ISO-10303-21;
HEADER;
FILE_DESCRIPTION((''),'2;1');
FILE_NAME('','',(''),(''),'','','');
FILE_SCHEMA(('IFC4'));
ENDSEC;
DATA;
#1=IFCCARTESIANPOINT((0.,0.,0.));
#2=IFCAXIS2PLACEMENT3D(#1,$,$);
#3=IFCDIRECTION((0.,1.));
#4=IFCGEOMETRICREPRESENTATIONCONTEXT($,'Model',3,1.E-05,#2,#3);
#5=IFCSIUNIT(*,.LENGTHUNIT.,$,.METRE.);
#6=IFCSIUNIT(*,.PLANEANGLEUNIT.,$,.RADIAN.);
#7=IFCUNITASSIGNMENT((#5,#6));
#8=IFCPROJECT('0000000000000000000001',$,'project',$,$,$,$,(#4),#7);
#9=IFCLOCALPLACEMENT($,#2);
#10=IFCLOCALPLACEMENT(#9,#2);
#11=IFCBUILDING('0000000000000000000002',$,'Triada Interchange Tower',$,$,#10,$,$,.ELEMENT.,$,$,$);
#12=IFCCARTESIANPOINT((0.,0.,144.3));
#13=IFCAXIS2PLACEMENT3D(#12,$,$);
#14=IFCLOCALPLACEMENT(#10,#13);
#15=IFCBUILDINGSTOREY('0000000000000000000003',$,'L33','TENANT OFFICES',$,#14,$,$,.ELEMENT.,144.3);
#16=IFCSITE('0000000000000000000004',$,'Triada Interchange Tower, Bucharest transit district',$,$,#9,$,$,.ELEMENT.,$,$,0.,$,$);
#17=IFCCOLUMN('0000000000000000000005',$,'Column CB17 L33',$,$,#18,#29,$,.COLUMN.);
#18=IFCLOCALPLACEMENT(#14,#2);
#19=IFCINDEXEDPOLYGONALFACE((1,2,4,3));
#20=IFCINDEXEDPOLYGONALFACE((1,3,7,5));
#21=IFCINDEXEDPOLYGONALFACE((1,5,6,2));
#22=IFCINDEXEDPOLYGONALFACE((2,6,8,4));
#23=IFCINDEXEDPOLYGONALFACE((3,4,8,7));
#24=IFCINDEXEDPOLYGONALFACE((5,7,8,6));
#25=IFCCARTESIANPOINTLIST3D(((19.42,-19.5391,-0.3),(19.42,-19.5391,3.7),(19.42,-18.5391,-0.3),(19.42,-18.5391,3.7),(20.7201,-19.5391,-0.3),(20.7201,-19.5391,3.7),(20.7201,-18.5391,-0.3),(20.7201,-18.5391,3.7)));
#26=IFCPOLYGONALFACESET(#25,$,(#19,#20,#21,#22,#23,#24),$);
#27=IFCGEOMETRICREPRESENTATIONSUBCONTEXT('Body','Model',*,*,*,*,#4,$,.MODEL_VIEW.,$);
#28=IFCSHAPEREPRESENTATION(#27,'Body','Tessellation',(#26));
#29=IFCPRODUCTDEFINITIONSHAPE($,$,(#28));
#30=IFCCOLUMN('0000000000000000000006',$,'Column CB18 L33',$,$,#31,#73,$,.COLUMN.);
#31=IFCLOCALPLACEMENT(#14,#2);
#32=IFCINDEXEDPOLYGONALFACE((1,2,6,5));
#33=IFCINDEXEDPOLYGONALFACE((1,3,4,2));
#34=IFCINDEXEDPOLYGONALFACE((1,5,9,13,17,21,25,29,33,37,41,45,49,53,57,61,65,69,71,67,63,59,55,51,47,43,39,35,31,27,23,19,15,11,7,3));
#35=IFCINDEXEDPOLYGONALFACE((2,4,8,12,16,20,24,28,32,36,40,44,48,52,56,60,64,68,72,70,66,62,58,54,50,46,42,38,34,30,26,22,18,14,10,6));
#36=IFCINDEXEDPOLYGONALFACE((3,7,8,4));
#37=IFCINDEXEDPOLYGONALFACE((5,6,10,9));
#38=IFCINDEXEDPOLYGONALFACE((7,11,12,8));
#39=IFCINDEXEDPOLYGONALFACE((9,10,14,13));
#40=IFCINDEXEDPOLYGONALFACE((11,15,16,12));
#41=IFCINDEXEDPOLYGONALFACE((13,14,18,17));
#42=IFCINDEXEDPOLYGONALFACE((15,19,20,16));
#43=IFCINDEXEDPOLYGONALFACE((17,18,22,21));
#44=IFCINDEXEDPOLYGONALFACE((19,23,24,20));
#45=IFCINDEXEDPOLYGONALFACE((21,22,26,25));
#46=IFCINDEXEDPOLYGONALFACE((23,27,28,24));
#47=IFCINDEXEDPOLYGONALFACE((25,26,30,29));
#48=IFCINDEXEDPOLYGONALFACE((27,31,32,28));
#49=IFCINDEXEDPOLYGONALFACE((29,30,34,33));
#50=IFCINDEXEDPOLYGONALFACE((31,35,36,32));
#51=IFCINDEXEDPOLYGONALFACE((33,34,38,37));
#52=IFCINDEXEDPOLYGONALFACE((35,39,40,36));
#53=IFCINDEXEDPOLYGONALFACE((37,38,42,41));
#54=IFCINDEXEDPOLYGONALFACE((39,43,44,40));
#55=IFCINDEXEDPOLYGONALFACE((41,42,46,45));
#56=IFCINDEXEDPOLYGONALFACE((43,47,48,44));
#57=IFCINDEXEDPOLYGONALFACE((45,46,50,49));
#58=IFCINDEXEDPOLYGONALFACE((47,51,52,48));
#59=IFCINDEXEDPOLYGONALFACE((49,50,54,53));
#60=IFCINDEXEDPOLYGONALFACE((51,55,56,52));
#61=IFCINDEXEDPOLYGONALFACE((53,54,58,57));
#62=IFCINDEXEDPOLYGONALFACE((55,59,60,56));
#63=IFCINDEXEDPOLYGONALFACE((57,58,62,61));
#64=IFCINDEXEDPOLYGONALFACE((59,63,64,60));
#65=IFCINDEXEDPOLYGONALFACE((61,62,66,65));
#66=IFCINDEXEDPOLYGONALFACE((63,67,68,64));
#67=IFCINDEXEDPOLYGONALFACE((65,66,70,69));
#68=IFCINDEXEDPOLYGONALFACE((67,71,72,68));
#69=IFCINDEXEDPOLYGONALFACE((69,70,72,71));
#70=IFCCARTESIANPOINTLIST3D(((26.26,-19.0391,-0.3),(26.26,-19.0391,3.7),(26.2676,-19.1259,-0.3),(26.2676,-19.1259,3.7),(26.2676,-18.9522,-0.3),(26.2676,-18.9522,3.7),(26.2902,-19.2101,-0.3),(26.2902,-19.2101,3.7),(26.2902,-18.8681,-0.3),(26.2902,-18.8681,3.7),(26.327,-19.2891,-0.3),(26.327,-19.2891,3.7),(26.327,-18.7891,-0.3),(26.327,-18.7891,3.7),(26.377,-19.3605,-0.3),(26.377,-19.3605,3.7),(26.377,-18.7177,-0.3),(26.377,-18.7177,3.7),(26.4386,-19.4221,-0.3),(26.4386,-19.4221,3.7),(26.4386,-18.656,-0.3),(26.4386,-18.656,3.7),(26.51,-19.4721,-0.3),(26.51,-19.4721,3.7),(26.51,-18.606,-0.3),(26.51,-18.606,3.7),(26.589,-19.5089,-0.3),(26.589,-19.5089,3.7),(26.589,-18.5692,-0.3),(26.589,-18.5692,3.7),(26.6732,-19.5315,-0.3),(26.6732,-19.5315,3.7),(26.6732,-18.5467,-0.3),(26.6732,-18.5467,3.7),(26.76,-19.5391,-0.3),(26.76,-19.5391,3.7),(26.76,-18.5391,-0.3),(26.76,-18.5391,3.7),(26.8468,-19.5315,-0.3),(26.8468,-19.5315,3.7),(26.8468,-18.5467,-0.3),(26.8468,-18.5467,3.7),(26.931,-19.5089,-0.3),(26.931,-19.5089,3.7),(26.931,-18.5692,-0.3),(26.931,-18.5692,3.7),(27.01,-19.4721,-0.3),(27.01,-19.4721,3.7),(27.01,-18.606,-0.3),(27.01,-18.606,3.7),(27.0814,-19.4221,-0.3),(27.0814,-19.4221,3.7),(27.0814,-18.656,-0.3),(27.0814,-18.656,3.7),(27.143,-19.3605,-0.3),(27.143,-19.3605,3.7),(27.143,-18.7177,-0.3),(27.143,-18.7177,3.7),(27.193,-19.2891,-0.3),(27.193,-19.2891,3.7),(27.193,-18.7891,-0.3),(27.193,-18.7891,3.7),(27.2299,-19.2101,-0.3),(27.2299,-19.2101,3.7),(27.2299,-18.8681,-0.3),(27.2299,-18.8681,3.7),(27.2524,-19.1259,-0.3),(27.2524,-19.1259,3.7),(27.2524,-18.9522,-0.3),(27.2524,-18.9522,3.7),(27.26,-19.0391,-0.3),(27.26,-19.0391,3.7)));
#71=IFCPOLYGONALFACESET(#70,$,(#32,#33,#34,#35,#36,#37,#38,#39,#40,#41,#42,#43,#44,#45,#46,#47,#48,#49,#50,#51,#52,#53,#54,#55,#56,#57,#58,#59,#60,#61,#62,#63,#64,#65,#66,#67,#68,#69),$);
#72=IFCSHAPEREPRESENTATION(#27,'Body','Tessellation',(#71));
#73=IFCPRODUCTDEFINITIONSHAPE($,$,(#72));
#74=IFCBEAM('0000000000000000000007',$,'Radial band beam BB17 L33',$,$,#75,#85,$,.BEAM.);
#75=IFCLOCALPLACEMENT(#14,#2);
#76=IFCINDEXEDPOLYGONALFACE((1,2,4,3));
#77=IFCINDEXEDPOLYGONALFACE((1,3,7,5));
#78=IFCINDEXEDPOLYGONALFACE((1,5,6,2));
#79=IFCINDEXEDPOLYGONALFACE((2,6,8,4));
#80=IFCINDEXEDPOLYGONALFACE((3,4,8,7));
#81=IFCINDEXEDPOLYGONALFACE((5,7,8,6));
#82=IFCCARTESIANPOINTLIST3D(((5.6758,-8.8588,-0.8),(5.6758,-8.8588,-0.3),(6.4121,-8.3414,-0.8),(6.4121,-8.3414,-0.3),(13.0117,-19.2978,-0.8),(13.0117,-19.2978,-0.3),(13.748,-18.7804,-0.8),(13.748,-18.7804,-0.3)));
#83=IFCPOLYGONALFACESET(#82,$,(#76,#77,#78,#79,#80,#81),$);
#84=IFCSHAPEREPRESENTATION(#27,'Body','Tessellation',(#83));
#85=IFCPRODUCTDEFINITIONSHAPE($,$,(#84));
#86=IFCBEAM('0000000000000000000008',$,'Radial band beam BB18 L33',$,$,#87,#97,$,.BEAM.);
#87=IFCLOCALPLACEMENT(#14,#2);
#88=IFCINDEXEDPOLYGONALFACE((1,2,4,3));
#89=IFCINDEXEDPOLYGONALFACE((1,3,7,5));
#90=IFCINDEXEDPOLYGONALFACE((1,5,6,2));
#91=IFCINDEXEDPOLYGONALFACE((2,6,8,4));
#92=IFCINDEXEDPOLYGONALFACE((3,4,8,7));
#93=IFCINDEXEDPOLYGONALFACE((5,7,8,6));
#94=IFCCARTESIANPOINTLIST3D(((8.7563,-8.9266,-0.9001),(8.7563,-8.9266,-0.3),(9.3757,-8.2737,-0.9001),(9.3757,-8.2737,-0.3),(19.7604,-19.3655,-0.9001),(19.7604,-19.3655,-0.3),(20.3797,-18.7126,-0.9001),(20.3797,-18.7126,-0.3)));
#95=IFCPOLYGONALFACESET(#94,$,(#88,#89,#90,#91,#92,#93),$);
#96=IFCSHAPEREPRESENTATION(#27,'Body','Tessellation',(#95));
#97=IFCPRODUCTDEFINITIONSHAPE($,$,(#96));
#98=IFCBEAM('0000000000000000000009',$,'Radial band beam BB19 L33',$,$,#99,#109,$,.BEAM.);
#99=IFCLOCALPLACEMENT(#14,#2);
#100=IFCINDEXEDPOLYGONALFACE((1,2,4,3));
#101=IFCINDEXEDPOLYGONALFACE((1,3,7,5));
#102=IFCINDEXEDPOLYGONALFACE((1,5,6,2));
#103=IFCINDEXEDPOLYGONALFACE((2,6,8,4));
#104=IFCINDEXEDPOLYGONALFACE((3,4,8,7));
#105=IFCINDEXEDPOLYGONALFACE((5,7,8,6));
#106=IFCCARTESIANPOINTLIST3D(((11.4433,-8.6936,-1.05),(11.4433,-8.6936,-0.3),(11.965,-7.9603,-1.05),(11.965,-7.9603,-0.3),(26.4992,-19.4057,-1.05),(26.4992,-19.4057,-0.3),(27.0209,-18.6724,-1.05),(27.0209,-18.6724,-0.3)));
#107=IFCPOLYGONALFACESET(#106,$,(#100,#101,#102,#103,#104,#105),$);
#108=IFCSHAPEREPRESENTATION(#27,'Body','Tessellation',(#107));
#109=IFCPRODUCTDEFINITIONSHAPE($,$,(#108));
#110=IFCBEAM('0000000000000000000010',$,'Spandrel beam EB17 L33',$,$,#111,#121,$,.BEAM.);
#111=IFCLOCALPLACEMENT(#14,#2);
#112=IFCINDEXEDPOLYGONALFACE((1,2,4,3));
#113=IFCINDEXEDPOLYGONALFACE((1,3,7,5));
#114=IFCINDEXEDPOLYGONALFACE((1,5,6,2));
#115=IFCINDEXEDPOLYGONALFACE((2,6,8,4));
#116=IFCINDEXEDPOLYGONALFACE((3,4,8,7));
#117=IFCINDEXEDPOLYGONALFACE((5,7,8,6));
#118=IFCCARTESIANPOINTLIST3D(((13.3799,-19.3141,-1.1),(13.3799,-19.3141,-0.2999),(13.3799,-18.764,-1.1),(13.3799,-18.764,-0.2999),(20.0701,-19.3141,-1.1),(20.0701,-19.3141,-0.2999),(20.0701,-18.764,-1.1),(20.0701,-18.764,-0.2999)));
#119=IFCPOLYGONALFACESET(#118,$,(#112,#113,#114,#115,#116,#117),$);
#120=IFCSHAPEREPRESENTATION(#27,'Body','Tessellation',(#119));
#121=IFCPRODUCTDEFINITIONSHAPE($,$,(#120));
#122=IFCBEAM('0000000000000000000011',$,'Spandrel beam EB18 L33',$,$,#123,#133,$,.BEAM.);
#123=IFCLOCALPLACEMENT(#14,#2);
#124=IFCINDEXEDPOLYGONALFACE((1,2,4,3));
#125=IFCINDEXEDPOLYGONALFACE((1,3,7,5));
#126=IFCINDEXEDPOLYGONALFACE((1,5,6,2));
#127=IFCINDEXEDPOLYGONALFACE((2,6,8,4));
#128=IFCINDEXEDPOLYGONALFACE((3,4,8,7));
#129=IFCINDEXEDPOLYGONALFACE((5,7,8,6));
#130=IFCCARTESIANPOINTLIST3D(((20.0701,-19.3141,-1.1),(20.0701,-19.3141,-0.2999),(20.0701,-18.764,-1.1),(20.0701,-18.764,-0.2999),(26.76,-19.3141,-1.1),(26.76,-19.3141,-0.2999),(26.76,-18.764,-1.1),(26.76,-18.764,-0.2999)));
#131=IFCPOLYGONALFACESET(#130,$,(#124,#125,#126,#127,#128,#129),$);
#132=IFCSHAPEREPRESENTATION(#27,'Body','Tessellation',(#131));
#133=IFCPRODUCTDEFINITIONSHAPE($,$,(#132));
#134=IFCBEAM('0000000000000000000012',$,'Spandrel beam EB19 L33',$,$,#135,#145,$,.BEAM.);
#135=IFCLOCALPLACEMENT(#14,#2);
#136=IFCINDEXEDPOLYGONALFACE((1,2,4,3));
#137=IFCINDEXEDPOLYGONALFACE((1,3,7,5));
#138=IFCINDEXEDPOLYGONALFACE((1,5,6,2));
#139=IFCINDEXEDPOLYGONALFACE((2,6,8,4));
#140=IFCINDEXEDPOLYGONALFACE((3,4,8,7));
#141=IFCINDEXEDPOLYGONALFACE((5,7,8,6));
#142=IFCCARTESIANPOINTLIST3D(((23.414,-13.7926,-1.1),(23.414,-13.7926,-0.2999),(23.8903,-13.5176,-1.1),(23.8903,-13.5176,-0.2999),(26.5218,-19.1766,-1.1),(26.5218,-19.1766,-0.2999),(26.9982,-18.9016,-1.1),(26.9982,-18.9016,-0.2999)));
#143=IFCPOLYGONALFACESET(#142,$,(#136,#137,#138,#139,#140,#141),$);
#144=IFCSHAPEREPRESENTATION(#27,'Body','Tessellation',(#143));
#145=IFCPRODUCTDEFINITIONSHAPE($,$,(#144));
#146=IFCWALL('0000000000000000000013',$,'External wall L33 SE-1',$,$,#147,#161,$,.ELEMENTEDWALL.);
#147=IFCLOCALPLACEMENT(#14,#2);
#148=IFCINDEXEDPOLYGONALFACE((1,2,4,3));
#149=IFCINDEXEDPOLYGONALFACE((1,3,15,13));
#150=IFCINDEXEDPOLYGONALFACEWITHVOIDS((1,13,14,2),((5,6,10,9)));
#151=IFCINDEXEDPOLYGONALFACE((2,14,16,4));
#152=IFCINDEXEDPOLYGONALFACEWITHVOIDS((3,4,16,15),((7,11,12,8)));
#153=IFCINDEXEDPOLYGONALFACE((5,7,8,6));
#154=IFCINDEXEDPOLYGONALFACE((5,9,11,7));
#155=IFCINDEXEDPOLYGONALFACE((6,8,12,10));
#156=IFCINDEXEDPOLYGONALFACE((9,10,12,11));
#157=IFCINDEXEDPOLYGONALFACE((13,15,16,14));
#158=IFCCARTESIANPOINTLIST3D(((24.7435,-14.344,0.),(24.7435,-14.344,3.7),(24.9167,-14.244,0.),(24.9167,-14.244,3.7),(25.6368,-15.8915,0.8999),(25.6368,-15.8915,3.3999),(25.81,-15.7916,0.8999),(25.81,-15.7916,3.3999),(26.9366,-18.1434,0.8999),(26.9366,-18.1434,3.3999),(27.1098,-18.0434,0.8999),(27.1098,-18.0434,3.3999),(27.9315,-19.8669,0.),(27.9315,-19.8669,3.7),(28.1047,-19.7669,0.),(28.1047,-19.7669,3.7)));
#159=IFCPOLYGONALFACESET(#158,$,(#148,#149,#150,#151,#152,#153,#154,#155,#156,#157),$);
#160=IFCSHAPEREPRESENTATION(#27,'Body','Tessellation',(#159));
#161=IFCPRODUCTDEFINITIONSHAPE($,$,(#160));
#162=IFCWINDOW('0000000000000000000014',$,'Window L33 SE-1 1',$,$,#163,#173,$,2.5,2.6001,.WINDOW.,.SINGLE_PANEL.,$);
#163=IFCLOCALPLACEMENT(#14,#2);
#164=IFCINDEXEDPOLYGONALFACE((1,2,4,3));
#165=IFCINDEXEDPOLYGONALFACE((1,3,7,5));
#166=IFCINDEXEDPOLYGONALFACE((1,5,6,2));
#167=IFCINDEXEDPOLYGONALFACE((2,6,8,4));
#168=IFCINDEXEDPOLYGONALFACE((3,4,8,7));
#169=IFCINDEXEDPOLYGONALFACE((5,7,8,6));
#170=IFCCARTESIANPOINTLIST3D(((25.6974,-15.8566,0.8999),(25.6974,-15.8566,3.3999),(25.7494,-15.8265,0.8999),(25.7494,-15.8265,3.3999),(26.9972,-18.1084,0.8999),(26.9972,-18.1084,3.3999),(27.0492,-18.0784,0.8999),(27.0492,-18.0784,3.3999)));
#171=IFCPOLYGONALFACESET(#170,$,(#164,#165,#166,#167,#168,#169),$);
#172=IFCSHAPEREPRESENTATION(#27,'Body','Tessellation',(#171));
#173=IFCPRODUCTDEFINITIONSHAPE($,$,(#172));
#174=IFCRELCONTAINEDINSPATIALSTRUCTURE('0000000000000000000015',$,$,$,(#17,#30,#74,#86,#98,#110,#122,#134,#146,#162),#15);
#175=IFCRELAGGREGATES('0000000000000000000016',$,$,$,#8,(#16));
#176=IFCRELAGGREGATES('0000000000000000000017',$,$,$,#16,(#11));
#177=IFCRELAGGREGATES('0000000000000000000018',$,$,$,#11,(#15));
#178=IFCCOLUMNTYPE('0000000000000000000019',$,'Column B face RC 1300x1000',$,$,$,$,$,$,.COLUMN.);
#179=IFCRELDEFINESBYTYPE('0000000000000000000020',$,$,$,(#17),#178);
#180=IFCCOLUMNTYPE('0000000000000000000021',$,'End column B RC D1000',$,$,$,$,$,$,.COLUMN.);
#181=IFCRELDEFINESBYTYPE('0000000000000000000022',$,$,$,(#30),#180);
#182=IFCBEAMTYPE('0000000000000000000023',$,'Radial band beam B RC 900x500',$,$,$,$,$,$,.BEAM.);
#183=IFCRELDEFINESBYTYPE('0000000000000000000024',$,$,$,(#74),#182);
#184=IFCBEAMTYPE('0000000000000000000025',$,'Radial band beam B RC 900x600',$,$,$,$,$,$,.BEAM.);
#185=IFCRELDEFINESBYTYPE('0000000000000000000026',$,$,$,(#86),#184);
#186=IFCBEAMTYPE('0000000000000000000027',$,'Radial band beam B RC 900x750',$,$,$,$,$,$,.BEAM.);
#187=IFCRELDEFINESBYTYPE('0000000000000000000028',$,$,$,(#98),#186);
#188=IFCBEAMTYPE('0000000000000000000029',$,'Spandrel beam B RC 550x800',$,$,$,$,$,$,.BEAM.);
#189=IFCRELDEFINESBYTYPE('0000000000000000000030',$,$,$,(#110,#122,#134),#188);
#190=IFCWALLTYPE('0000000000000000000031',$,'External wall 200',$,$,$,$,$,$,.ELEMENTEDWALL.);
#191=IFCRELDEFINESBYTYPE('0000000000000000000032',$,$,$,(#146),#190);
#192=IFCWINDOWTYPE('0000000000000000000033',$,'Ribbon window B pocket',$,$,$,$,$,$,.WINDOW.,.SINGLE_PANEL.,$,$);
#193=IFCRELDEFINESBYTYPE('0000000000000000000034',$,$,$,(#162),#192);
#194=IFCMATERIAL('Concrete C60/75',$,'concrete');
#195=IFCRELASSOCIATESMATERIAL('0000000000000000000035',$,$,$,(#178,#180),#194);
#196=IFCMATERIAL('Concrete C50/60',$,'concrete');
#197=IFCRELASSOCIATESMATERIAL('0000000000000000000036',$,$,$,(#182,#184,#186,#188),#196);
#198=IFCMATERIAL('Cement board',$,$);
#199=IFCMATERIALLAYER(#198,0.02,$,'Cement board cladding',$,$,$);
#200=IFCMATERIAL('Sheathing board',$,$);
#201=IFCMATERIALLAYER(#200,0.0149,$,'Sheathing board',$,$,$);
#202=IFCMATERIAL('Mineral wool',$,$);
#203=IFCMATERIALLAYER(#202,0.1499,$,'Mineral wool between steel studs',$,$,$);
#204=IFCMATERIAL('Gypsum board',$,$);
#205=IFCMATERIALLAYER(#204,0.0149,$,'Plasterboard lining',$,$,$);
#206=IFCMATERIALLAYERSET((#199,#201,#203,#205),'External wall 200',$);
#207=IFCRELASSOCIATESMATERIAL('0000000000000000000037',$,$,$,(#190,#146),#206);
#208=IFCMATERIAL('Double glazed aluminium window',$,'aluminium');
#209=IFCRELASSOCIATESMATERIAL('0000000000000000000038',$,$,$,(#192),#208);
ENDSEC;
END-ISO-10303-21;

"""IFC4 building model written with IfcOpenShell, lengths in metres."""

from ifc_helpers import new_model, si_unit, direction, frame, frame_2d, origin, origin_2d, place, context, subcontext, project, spatial, rectangle, circle, extrude, material, layer, layer_set, layer_usage, material_profile, profile_set, type_object, element, fill, save


model = new_model("IFC4")

# Units and contexts
model_context = context("Model", 3, precision=1e-05, world=origin(), true_north=direction((0.0, 1.0)))
body_context = subcontext(model_context, "Body", "Model", "MODEL_VIEW")
ifc_project = project(units=[si_unit("LENGTHUNIT", "METRE"), si_unit("PLANEANGLEUNIT", "RADIAN")], contexts=[model_context])

# Site, building, storey
site_placement = place(None, origin())
site = spatial("IfcSite", under=ifc_project, at=site_placement, Name="Triada Interchange Tower, Bucharest transit district", CompositionType="ELEMENT", RefElevation=0.0)
building_placement = place(site_placement, origin())
building = spatial("IfcBuilding", under=site, at=building_placement, Name="Triada Interchange Tower", CompositionType="ELEMENT")
storey_placement = place(building_placement, frame((0.0, 0.0, 144.3)))
storey = spatial("IfcBuildingStorey", under=building, at=storey_placement, Name="L33", Description="TENANT OFFICES", CompositionType="ELEMENT", Elevation=144.3)

# Columns
ifc_material_1 = material(Name="Concrete C60/75", Category="concrete")
ifc_material_profile_1 = material_profile(ifc_material_1, rectangle(XDim=1.3, YDim=1.0, at=origin_2d()), Name="RC 1300x1000")
ifc_profile_set_1 = profile_set([ifc_material_profile_1], Name="Concrete C60/75")
column_type_1 = type_object("IfcColumnType", Name="Column B face RC 1300x1000", PredefinedType="COLUMN", material=ifc_profile_set_1)
column_1_placement = place(storey_placement, frame((20.0701, -19.0391, -0.3), z_axis=(0.0, 0.0, 1.0), x_axis=(1.0, 0.0, 0.0)))
element("IfcColumn", 1, at=column_1_placement, inside=storey, type_object=column_type_1, Name="Column CB17 L33", PredefinedType="COLUMN", context=body_context, shape_type="SweptSolid", body=[
    extrude(rectangle(XDim=1.3, YDim=1.0, at=origin_2d()), origin(), (0.0, 0.0, 1.0), 4.0),
])
ifc_material_profile_2 = material_profile(ifc_material_1, circle(Radius=0.5, at=origin_2d()), Name="RC D1000")
ifc_profile_set_2 = profile_set([ifc_material_profile_2], Name="Concrete C60/75")
column_type_2 = type_object("IfcColumnType", Name="End column B RC D1000", PredefinedType="COLUMN", material=ifc_profile_set_2)
column_2_placement = place(storey_placement, frame((26.76, -19.0391, -0.3), z_axis=(0.0, 0.0, 1.0), x_axis=(1.0, 0.0, 0.0)))
element("IfcColumn", 2, at=column_2_placement, inside=storey, type_object=column_type_2, Name="Column CB18 L33", PredefinedType="COLUMN", context=body_context, shape_type="SweptSolid", body=[
    extrude(circle(Radius=0.5, at=origin_2d()), origin(), (0.0, 0.0, 1.0), 4.0),
])

# Beams
ifc_material_2 = material(Name="Concrete C50/60", Category="concrete")
ifc_material_profile_3 = material_profile(ifc_material_2, rectangle(XDim=0.8999, YDim=0.5, at=origin_2d()), Name="RC 900x500")
ifc_profile_set_3 = profile_set([ifc_material_profile_3], Name="Concrete C50/60")
beam_type_1 = type_object("IfcBeamType", Name="Radial band beam B RC 900x500", PredefinedType="BEAM", material=ifc_profile_set_3)
beam_1_placement = place(storey_placement, frame((13.3799, -19.0391, -0.55), z_axis=(-0.574969, 0.818175, 0.0), x_axis=(-0.818175, -0.574969, 0.0)))
element("IfcBeam", 3, at=beam_1_placement, inside=storey, type_object=beam_type_1, Name="Radial band beam BB17 L33", PredefinedType="BEAM", context=body_context, shape_type="SweptSolid", body=[
    extrude(rectangle(XDim=0.8999, YDim=0.5, at=origin_2d()), origin(), (0.0, 0.0, 1.0), 12.7588),
])
ifc_material_profile_4 = material_profile(ifc_material_2, rectangle(XDim=0.8999, YDim=0.6001, at=origin_2d()), Name="RC 900x600")
ifc_profile_set_4 = profile_set([ifc_material_profile_4], Name="Concrete C50/60")
beam_type_2 = type_object("IfcBeamType", Name="Radial band beam B RC 900x600", PredefinedType="BEAM", material=ifc_profile_set_4)
beam_2_placement = place(storey_placement, frame((20.0701, -19.0391, -0.6001), z_axis=(-0.725492, 0.68823, 0.0), x_axis=(-0.68823, -0.725492, 0.0)))
element("IfcBeam", 4, at=beam_2_placement, inside=storey, type_object=beam_type_2, Name="Radial band beam BB18 L33", PredefinedType="BEAM", context=body_context, shape_type="SweptSolid", body=[
    extrude(rectangle(XDim=0.8999, YDim=0.6001, at=origin_2d()), origin(), (0.0, 0.0, 1.0), 15.1677),
])
ifc_material_profile_5 = material_profile(ifc_material_2, rectangle(XDim=0.8999, YDim=0.75, at=origin_2d()), Name="RC 900x750")
ifc_profile_set_5 = profile_set([ifc_material_profile_5], Name="Concrete C50/60")
beam_type_3 = type_object("IfcBeamType", Name="Radial band beam B RC 900x750", PredefinedType="BEAM", material=ifc_profile_set_5)
beam_3_placement = place(storey_placement, frame((26.76, -19.0391, -0.675), z_axis=(-0.814809, 0.57973, 0.0), x_axis=(-0.57973, -0.814809, 0.0)))
element("IfcBeam", 5, at=beam_3_placement, inside=storey, type_object=beam_type_3, Name="Radial band beam BB19 L33", PredefinedType="BEAM", context=body_context, shape_type="SweptSolid", body=[
    extrude(rectangle(XDim=0.8999, YDim=0.75, at=origin_2d()), origin(), (0.0, 0.0, 1.0), 18.4778),
])
ifc_material_profile_6 = material_profile(ifc_material_2, rectangle(XDim=0.55, YDim=0.8, at=origin_2d()), Name="RC 550x800")
ifc_profile_set_6 = profile_set([ifc_material_profile_6], Name="Concrete C50/60")
beam_type_4 = type_object("IfcBeamType", Name="Spandrel beam B RC 550x800", PredefinedType="BEAM", material=ifc_profile_set_6)
beam_4_placement = place(storey_placement, frame((13.3799, -19.0391, -0.7), z_axis=(1.0, 0.0, 0.0), x_axis=(0.0, 1.0, 0.0)))
element("IfcBeam", 6, at=beam_4_placement, inside=storey, type_object=beam_type_4, Name="Spandrel beam EB17 L33", PredefinedType="BEAM", context=body_context, shape_type="SweptSolid", body=[
    extrude(rectangle(XDim=0.55, YDim=0.8, at=origin_2d()), origin(), (0.0, 0.0, 1.0), 6.6902),
])
beam_5_placement = place(storey_placement, frame((20.0701, -19.0391, -0.7), z_axis=(1.0, 0.0, 0.0), x_axis=(0.0, 1.0, 0.0)))
element("IfcBeam", 7, at=beam_5_placement, inside=storey, type_object=beam_type_4, Name="Spandrel beam EB18 L33", PredefinedType="BEAM", context=body_context, shape_type="SweptSolid", body=[
    extrude(rectangle(XDim=0.55, YDim=0.8, at=origin_2d()), origin(), (0.0, 0.0, 1.0), 6.6899),
])
beam_6_placement = place(storey_placement, frame((26.76, -19.0391, -0.7), z_axis=(-0.499932, 0.866065, 0.0), x_axis=(-0.866065, -0.499932, 0.0)))
element("IfcBeam", 8, at=beam_6_placement, inside=storey, type_object=beam_type_4, Name="Spandrel beam EB19 L33", PredefinedType="BEAM", context=body_context, shape_type="SweptSolid", body=[
    extrude(rectangle(XDim=0.55, YDim=0.8, at=origin_2d()), origin(), (0.0, 0.0, 1.0), 6.2166),
])

# Wall, opening, window
ifc_material_3 = material(Name="Cement board")
ifc_layer_1 = layer(ifc_material_3, 0.02, Name="Cement board cladding")
ifc_material_4 = material(Name="Sheathing board")
ifc_layer_2 = layer(ifc_material_4, 0.0149, Name="Sheathing board")
ifc_material_5 = material(Name="Mineral wool")
ifc_layer_3 = layer(ifc_material_5, 0.1499, Name="Mineral wool between steel studs")
ifc_material_6 = material(Name="Gypsum board")
ifc_layer_4 = layer(ifc_material_6, 0.0149, Name="Plasterboard lining")
ifc_layer_set_1 = layer_set([ifc_layer_1, ifc_layer_2, ifc_layer_3, ifc_layer_4], Name="External wall 200")
ifc_layer_usage = layer_usage(ifc_layer_set_1, "AXIS2", "POSITIVE", -0.1001)
wall_type = type_object("IfcWallType", Name="External wall 200", PredefinedType="ELEMENTEDWALL", material=ifc_layer_set_1)
wall_placement = place(storey_placement, frame((28.0181, -19.8169, 0.0), z_axis=(0.0, 0.0, 1.0), x_axis=(-0.499919, 0.866072, 0.0)))
wall = element("IfcWall", 9, at=wall_placement, inside=storey, type_object=wall_type, material=ifc_layer_usage, Name="External wall L33 SE-1", PredefinedType="ELEMENTEDWALL", context=body_context, shape_type="SweptSolid", body=[
    extrude(rectangle(XDim=6.377, YDim=0.2, at=frame_2d((3.1885, 0.0))), origin(), (0.0, 0.0, 1.0), 3.7),
])
opening_placement = place(wall_placement, frame((1.99, 0.0, 0.8999)))
opening = element("IfcOpeningElement", 10, at=opening_placement, cuts=wall, PredefinedType="OPENING", context=body_context, shape_type="SweptSolid", body=[
    extrude(rectangle(XDim=2.6001, YDim=2.5, at=frame_2d((1.3, 1.25))), frame((0.0, 0.1099, 0.0), z_axis=(0.0, -1.0, 0.0), x_axis=(1.0, 0.0, 0.0)), (0.0, 0.0, 1.0), 0.22),
])
ifc_material_7 = material(Name="Double glazed aluminium window", Category="aluminium")
window_type = type_object("IfcWindowType", Name="Ribbon window B pocket", PartitioningType="SINGLE_PANEL", PredefinedType="WINDOW", material=ifc_material_7)
window_placement = place(opening_placement, origin())
window = element("IfcWindow", 11, at=window_placement, inside=storey, type_object=window_type, Name="Window L33 SE-1 1", OverallHeight=2.5, OverallWidth=2.6001, PartitioningType="SINGLE_PANEL", PredefinedType="WINDOW", context=body_context, shape_type="SweptSolid", body=[
    extrude(rectangle(XDim=2.6001, YDim=2.5, at=frame_2d((1.3, 1.25))), frame((0.0, 0.03, 0.0), z_axis=(0.0, -1.0, 0.0), x_axis=(1.0, 0.0, 0.0)), (0.0, 0.0, 1.0), 0.0601),
])
fill(opening, window)

save(model, "model.ifc")
